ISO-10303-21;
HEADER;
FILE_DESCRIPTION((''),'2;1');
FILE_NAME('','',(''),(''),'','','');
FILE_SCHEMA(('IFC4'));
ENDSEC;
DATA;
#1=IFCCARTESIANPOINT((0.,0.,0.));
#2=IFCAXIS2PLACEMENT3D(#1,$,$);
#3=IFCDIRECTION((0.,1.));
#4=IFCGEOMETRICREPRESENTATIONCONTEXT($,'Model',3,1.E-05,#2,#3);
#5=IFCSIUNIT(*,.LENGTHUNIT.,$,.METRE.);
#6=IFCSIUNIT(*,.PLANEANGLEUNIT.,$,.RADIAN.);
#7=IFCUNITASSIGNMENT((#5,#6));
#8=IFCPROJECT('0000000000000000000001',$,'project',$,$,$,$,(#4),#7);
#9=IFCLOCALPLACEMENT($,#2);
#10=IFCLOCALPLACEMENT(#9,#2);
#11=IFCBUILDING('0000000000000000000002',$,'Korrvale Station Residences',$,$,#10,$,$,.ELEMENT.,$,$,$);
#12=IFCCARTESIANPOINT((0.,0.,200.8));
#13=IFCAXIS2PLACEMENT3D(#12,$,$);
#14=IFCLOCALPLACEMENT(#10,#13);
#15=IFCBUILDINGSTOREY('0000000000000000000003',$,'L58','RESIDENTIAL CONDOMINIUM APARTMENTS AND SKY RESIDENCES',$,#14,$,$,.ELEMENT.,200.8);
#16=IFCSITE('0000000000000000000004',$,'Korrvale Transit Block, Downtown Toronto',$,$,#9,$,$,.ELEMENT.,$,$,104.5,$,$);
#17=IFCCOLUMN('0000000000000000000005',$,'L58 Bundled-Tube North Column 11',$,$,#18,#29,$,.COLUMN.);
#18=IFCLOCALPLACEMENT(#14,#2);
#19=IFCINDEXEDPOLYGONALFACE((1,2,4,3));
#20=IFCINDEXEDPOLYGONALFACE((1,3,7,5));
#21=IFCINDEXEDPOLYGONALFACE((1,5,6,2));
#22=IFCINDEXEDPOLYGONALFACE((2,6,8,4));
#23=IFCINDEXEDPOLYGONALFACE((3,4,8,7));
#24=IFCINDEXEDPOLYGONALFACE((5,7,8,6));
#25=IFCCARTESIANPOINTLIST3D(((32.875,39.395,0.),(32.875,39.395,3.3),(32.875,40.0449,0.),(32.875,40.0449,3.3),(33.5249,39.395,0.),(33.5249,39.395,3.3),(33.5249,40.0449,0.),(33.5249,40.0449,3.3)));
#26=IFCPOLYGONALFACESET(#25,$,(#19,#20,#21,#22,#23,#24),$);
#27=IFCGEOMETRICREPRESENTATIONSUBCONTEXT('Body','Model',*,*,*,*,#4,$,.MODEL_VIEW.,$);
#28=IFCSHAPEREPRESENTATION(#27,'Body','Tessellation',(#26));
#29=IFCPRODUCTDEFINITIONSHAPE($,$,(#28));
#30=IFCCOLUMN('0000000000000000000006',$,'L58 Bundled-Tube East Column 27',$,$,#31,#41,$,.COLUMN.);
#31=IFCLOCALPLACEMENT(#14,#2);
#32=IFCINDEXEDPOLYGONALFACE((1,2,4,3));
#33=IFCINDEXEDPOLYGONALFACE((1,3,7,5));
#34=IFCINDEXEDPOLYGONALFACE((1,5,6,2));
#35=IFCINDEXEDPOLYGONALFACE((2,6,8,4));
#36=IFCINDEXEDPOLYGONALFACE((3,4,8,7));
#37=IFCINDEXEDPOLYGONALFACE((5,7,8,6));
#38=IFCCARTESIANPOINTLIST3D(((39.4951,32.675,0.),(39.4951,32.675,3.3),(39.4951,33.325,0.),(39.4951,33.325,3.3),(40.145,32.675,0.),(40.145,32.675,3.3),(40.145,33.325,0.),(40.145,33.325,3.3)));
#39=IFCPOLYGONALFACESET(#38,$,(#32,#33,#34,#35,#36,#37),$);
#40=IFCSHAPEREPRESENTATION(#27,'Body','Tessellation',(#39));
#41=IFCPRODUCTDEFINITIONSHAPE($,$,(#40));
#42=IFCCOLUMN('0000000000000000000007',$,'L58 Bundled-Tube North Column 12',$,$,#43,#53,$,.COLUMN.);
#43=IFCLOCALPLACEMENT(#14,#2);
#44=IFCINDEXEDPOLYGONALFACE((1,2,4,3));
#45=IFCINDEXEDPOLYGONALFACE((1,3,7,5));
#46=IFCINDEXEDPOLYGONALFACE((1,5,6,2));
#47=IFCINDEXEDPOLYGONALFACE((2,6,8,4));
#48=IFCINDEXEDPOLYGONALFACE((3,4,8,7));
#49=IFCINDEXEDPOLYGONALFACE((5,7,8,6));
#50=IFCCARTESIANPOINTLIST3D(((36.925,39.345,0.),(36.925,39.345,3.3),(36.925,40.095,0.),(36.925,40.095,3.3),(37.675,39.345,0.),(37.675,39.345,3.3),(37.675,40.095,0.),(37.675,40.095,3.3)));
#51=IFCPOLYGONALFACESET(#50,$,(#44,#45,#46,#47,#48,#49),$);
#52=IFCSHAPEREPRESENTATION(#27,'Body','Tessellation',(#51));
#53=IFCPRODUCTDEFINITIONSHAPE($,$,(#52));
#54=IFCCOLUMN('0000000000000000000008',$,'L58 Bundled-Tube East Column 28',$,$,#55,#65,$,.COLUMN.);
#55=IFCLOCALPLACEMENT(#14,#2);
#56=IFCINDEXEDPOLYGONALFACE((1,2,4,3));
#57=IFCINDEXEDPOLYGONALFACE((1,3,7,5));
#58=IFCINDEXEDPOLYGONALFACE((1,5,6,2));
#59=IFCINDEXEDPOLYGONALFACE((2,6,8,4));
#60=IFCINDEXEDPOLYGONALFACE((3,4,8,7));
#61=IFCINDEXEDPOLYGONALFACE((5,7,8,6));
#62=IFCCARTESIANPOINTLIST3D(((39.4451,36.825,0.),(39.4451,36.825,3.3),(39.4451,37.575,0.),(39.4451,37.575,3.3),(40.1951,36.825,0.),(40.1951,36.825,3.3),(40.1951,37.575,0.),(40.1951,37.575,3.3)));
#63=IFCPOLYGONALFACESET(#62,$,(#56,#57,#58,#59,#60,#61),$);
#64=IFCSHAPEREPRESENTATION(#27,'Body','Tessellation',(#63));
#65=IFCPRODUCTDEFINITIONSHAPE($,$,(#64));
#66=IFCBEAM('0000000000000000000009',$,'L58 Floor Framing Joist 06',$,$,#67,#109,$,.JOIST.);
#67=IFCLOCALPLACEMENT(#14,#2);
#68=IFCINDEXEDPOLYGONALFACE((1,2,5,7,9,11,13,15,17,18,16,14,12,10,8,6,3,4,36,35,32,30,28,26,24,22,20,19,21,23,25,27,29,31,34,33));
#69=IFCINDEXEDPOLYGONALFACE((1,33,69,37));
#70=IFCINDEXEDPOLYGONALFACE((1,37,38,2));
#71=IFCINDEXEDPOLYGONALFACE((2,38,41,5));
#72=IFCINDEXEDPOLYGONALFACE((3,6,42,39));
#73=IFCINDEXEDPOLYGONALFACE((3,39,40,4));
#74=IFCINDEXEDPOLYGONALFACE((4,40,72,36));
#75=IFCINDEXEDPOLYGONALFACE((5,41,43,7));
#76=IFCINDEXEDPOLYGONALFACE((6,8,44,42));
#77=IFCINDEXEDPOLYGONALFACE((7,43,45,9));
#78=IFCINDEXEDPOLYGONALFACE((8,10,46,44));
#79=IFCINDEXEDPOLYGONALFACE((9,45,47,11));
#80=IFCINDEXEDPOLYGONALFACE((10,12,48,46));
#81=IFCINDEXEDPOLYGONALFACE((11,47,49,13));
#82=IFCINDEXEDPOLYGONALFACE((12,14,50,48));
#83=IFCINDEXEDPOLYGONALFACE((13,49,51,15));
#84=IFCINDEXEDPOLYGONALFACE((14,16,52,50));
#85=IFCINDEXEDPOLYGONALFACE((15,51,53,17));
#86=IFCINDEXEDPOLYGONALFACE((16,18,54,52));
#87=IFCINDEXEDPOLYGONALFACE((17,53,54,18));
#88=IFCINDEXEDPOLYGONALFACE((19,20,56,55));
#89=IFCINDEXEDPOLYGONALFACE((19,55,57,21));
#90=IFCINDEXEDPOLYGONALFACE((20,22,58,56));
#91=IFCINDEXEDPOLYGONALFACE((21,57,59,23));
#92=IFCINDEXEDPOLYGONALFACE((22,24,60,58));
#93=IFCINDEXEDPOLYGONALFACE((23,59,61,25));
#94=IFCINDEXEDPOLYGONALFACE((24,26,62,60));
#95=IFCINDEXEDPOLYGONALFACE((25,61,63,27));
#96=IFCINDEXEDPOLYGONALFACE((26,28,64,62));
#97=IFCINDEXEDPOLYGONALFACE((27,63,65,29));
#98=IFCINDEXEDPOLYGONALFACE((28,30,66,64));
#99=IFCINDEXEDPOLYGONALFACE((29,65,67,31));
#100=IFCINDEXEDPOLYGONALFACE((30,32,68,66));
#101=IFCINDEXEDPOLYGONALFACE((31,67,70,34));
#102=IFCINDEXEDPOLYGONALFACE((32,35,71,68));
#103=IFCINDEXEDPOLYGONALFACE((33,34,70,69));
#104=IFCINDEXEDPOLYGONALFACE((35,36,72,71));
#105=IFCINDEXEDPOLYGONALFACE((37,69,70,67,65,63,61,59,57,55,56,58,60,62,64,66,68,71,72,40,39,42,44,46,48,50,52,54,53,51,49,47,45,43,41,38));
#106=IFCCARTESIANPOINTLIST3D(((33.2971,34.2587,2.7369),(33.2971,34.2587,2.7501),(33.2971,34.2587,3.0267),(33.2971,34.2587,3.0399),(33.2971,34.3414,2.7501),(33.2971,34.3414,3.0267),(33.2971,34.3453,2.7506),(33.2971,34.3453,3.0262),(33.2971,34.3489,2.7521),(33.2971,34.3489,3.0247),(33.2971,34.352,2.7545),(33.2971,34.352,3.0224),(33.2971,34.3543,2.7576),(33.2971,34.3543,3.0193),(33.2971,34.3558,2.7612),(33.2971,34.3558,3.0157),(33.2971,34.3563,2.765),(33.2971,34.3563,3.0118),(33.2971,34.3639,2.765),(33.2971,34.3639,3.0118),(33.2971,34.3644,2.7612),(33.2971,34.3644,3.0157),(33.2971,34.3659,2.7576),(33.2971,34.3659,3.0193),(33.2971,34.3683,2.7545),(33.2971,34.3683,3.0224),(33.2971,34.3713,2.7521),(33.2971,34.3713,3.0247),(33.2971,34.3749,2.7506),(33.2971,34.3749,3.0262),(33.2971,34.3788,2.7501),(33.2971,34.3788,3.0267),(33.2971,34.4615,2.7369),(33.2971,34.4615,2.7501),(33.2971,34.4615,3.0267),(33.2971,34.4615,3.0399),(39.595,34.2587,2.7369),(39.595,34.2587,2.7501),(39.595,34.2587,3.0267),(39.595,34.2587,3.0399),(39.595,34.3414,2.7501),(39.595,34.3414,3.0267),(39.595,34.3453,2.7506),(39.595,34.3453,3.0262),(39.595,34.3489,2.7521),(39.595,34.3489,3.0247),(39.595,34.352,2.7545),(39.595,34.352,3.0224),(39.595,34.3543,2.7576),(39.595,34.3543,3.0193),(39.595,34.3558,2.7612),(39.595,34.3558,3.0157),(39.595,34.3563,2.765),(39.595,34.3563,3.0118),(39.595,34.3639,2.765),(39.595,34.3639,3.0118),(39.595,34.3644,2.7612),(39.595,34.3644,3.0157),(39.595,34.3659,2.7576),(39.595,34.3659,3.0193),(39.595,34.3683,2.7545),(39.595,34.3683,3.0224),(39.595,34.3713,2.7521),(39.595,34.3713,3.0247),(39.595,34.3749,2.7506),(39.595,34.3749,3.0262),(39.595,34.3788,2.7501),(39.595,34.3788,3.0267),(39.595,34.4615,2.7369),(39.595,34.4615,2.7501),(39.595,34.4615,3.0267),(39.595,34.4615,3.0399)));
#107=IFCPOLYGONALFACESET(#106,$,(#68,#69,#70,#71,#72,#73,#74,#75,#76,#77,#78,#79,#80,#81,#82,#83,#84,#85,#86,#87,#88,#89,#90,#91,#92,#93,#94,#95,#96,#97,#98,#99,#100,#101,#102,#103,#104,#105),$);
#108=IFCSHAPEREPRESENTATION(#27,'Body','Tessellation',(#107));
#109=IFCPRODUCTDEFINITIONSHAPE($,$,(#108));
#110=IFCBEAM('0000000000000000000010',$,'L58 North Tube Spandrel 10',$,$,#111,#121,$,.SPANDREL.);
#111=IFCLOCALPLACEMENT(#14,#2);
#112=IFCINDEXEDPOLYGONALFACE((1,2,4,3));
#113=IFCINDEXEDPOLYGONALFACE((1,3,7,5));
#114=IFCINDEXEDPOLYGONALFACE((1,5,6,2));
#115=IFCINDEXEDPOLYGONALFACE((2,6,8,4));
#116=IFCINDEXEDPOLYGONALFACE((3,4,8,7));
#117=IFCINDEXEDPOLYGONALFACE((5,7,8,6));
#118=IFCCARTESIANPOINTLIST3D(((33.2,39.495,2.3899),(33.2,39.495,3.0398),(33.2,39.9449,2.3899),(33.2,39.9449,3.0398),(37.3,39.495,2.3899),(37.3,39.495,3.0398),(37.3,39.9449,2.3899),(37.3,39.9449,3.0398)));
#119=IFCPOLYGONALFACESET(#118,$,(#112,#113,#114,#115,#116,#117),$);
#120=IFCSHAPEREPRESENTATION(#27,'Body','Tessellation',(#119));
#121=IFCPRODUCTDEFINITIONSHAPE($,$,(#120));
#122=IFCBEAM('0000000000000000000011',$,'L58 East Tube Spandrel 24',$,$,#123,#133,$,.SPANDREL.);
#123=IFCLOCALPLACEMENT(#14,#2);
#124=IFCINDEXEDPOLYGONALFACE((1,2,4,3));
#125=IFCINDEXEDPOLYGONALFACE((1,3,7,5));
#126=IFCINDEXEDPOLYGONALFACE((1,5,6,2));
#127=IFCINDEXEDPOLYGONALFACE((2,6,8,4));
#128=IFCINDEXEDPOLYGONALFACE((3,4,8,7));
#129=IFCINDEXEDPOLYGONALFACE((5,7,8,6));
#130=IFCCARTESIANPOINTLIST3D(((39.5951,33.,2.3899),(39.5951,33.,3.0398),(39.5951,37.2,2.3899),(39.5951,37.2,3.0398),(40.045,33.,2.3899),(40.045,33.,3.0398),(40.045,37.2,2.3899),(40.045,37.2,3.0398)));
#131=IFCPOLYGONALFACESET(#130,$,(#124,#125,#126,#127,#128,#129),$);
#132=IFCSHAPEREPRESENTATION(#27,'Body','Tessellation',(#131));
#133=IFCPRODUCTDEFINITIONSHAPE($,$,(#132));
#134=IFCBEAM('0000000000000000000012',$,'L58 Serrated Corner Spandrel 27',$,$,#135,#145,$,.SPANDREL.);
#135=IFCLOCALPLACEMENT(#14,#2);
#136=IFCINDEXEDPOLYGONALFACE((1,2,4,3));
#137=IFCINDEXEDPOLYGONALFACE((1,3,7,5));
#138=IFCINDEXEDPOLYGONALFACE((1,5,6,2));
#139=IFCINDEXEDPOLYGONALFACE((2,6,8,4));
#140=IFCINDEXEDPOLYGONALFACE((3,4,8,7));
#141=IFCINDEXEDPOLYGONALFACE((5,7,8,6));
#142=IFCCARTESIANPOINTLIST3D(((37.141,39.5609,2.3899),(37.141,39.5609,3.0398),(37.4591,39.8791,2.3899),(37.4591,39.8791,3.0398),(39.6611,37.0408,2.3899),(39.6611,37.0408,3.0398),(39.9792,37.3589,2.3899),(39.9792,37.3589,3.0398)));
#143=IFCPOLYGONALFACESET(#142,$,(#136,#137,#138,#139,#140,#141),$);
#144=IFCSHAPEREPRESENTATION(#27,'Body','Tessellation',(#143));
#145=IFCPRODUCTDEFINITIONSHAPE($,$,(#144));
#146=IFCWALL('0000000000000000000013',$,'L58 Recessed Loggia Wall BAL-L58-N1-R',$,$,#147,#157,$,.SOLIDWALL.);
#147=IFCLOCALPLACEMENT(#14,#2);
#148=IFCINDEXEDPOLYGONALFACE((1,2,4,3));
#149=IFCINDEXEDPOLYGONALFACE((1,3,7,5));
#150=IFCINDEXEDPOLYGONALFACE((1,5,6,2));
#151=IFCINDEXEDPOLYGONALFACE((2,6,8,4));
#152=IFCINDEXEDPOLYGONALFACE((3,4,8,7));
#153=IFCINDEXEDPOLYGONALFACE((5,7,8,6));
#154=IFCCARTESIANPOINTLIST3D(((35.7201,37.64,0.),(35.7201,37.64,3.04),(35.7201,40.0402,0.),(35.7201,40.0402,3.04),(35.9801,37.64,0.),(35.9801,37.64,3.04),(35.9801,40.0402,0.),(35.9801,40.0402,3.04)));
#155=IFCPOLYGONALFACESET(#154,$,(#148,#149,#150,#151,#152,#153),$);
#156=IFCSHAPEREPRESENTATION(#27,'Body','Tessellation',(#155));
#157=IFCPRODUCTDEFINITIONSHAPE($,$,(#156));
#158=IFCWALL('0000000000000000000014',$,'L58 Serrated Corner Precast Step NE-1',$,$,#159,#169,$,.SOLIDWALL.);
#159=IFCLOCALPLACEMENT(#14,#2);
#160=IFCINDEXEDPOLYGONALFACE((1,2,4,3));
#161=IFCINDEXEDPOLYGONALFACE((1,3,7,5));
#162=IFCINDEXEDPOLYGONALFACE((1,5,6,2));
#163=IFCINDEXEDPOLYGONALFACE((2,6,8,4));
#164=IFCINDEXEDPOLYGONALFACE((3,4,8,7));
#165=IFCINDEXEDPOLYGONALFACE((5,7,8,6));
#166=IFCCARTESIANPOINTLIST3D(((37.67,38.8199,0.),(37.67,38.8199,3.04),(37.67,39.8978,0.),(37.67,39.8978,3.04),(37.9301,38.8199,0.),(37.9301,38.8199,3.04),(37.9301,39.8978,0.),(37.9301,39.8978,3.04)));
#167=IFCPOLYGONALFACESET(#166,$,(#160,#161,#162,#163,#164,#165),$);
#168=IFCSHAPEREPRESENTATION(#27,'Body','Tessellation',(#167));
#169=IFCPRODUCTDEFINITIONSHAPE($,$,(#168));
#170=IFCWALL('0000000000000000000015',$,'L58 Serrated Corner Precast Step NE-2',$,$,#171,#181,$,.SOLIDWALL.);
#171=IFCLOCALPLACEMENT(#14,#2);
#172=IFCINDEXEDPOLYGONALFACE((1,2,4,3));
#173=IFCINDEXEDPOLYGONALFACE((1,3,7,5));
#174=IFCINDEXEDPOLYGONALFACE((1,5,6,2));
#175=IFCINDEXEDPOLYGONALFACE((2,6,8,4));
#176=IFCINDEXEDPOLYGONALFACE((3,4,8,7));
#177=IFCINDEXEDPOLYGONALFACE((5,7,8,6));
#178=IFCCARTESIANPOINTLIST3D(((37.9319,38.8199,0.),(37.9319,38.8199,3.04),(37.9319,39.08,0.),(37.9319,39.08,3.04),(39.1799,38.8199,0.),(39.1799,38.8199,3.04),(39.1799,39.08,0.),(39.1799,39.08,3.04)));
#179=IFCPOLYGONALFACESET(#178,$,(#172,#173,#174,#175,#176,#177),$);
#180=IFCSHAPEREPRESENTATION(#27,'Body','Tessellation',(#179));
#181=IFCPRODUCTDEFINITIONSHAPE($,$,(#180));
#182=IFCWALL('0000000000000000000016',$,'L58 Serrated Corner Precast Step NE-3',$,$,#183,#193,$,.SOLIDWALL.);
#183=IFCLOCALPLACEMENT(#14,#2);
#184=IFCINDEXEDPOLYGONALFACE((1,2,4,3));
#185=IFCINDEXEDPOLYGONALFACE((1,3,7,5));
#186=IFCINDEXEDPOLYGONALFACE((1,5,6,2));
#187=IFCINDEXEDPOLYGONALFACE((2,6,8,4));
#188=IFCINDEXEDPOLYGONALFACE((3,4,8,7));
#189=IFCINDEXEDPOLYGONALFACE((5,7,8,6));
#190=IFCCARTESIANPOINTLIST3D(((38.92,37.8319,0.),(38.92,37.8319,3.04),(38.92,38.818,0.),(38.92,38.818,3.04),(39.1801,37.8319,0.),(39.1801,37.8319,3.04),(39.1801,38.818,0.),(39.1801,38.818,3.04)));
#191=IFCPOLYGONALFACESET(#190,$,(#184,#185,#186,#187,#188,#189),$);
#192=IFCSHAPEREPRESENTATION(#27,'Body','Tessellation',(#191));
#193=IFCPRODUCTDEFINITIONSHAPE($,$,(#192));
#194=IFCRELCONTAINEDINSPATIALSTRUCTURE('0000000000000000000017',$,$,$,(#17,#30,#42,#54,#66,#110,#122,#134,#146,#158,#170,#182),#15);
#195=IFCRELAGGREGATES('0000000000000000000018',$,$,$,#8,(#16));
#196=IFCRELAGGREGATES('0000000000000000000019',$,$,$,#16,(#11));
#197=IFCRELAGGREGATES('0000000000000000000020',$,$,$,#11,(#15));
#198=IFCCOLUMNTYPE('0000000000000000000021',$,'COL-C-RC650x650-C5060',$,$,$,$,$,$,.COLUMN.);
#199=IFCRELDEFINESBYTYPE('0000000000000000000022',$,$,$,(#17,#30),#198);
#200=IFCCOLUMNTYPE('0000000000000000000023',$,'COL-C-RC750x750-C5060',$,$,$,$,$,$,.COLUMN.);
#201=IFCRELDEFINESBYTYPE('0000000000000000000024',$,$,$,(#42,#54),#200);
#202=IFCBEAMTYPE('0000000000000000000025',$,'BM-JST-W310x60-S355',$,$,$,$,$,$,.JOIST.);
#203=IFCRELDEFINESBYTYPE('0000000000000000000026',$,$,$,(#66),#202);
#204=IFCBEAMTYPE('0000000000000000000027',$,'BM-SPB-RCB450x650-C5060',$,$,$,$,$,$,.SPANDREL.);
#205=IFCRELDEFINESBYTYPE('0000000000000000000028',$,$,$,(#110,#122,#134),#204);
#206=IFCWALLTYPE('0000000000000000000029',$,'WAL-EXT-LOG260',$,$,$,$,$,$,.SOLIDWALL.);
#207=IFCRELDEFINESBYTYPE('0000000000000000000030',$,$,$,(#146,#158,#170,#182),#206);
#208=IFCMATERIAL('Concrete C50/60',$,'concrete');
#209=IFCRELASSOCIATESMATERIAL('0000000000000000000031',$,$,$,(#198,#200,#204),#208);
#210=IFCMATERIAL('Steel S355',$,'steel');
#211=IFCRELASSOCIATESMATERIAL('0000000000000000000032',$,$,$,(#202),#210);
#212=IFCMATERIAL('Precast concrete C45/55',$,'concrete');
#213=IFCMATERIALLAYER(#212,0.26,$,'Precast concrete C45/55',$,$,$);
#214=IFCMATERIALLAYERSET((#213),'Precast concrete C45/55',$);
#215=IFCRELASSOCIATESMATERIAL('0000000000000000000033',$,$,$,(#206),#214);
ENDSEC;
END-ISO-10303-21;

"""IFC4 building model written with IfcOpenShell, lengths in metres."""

from ifc_helpers import new_model, si_unit, direction, frame, frame_2d, origin, origin_2d, place, context, subcontext, project, spatial, rectangle, i_section, extrude, material, layer, layer_set, material_profile, profile_set, type_object, element, save


model = new_model("IFC4")

# Units and contexts
model_context = context("Model", 3, precision=1e-05, world=origin(), true_north=direction((0.0, 1.0)))
body_context = subcontext(model_context, "Body", "Model", "MODEL_VIEW")
ifc_project = project(units=[si_unit("LENGTHUNIT", "METRE"), si_unit("PLANEANGLEUNIT", "RADIAN")], contexts=[model_context])

# Site, building, storey
site_placement = place(None, origin())
site = spatial("IfcSite", under=ifc_project, at=site_placement, Name="Korrvale Transit Block, Downtown Toronto", CompositionType="ELEMENT", RefElevation=104.5)
building_placement = place(site_placement, origin())
building = spatial("IfcBuilding", under=site, at=building_placement, Name="Korrvale Station Residences", CompositionType="ELEMENT")
storey_placement = place(building_placement, frame((0.0, 0.0, 200.8)))
storey = spatial("IfcBuildingStorey", under=building, at=storey_placement, Name="L58", Description="RESIDENTIAL CONDOMINIUM APARTMENTS AND SKY RESIDENCES", CompositionType="ELEMENT", Elevation=200.8)

# Columns
ifc_material_1 = material(Name="Concrete C50/60", Category="concrete")
ifc_material_profile_1 = material_profile(ifc_material_1, rectangle(XDim=0.6499, YDim=0.6499, at=origin_2d()), Name="RC650x650")
ifc_profile_set_1 = profile_set([ifc_material_profile_1], Name="Concrete C50/60")
column_type_1 = type_object("IfcColumnType", Name="COL-C-RC650x650-C5060", PredefinedType="COLUMN", material=ifc_profile_set_1)
for number, where, z_axis, x_axis, name in (
    (1, (33.2, 39.72, 0.0), (0.0, 0.0, 1.0), (1.0, 0.0, 0.0), "L58 Bundled-Tube North Column 11"),
    (2, (39.8201, 33.0, 0.0), (0.0, 0.0, 1.0), (1.0, 0.0, 0.0), "L58 Bundled-Tube East Column 27"),
):
    element("IfcColumn", number, at=place(storey_placement, frame(where, z_axis=z_axis, x_axis=x_axis)), inside=storey, type_object=column_type_1, Name=name, PredefinedType="COLUMN", context=body_context, shape_type="SweptSolid", body=[
        extrude(rectangle(XDim=0.6499, YDim=0.6499, at=origin_2d()), origin(), (0.0, 0.0, 1.0), 3.3),
    ])
ifc_material_profile_2 = material_profile(ifc_material_1, rectangle(XDim=0.75, YDim=0.75, at=origin_2d()), Name="RC750x750")
ifc_profile_set_2 = profile_set([ifc_material_profile_2], Name="Concrete C50/60")
column_type_2 = type_object("IfcColumnType", Name="COL-C-RC750x750-C5060", PredefinedType="COLUMN", material=ifc_profile_set_2)
for number, where, z_axis, x_axis, name in (
    (3, (37.3, 39.72, 0.0), (0.0, 0.0, 1.0), (1.0, 0.0, 0.0), "L58 Bundled-Tube North Column 12"),
    (4, (39.8201, 37.2, 0.0), (0.0, 0.0, 1.0), (1.0, 0.0, 0.0), "L58 Bundled-Tube East Column 28"),
):
    element("IfcColumn", number, at=place(storey_placement, frame(where, z_axis=z_axis, x_axis=x_axis)), inside=storey, type_object=column_type_2, Name=name, PredefinedType="COLUMN", context=body_context, shape_type="SweptSolid", body=[
        extrude(rectangle(XDim=0.75, YDim=0.75, at=origin_2d()), origin(), (0.0, 0.0, 1.0), 3.3),
    ])

# Beams
ifc_material_2 = material(Name="Steel S355", Category="steel")
ifc_material_profile_3 = material_profile(ifc_material_2, i_section(OverallWidth=0.2029, OverallDepth=0.303, WebThickness=0.0076, FlangeThickness=0.0132, FilletRadius=0.0149, at=origin_2d()), Name="W310x60")
ifc_profile_set_3 = profile_set([ifc_material_profile_3], Name="Steel S355")
beam_type_1 = type_object("IfcBeamType", Name="BM-JST-W310x60-S355", PredefinedType="JOIST", material=ifc_profile_set_3)
beam_1_placement = place(storey_placement, frame((33.2971, 34.3601, 2.8884), z_axis=(1.0, 0.0, 0.0), x_axis=(0.0, 1.0, 0.0)))
element("IfcBeam", 5, at=beam_1_placement, inside=storey, type_object=beam_type_1, Name="L58 Floor Framing Joist 06", PredefinedType="JOIST", context=body_context, shape_type="SweptSolid", body=[
    extrude(i_section(OverallWidth=0.2029, OverallDepth=0.303, WebThickness=0.0076, FlangeThickness=0.0132, FilletRadius=0.0149, at=origin_2d()), origin(), (0.0, 0.0, 1.0), 6.2979),
])
ifc_material_profile_4 = material_profile(ifc_material_1, rectangle(XDim=0.45, YDim=0.6499, at=origin_2d()), Name="RCB450x650")
ifc_profile_set_4 = profile_set([ifc_material_profile_4], Name="Concrete C50/60")
beam_type_2 = type_object("IfcBeamType", Name="BM-SPB-RCB450x650-C5060", PredefinedType="SPANDREL", material=ifc_profile_set_4)
beam_2_placement = place(storey_placement, frame((33.2, 39.72, 2.7148), z_axis=(1.0, 0.0, 0.0), x_axis=(0.0, 1.0, 0.0)))
element("IfcBeam", 6, at=beam_2_placement, inside=storey, type_object=beam_type_2, Name="L58 North Tube Spandrel 10", PredefinedType="SPANDREL", context=body_context, shape_type="SweptSolid", body=[
    extrude(rectangle(XDim=0.45, YDim=0.6499, at=origin_2d()), origin(), (0.0, 0.0, 1.0), 4.1001),
])
beam_3_placement = place(storey_placement, frame((39.8201, 33.0, 2.7148), z_axis=(0.0, 1.0, 0.0), x_axis=(-1.0, 0.0, 0.0)))
element("IfcBeam", 7, at=beam_3_placement, inside=storey, type_object=beam_type_2, Name="L58 East Tube Spandrel 24", PredefinedType="SPANDREL", context=body_context, shape_type="SweptSolid", body=[
    extrude(rectangle(XDim=0.45, YDim=0.6499, at=origin_2d()), origin(), (0.0, 0.0, 1.0), 4.2),
])
beam_4_placement = place(storey_placement, frame((37.3, 39.72, 2.7148), z_axis=(0.707107, -0.707107, 0.0), x_axis=(0.707107, 0.707107, 0.0)))
element("IfcBeam", 8, at=beam_4_placement, inside=storey, type_object=beam_type_2, Name="L58 Serrated Corner Spandrel 27", PredefinedType="SPANDREL", context=body_context, shape_type="SweptSolid", body=[
    extrude(rectangle(XDim=0.45, YDim=0.6499, at=origin_2d()), origin(), (0.0, 0.0, 1.0), 3.564),
])

# Walls
ifc_material_3 = material(Name="Precast concrete C45/55", Category="concrete")
ifc_layer_1 = layer(ifc_material_3, 0.26, Name="Precast concrete C45/55")
ifc_layer_set_1 = layer_set([ifc_layer_1], Name="Precast concrete C45/55")
wall_type_1 = type_object("IfcWallType", Name="WAL-EXT-LOG260", PredefinedType="SOLIDWALL", material=ifc_layer_set_1)
wall_1_placement = place(storey_placement, frame((35.8501, 37.6399, 0.0), z_axis=(0.0, 0.0, 1.0), x_axis=(0.0, 1.0, 0.0)))
element("IfcWall", 9, at=wall_1_placement, inside=storey, type_object=wall_type_1, Name="L58 Recessed Loggia Wall BAL-L58-N1-R", PredefinedType="SOLIDWALL", context=body_context, shape_type="SweptSolid", body=[
    extrude(rectangle(XDim=2.4001, YDim=0.26, at=frame_2d((1.2002, 0.0))), origin(), (0.0, 0.0, 1.0), 3.04),
])
wall_2_placement = place(storey_placement, frame((37.8, 39.8979, 0.0), z_axis=(0.0, 0.0, 1.0), x_axis=(0.0, -1.0, 0.0)))
element("IfcWall", 10, at=wall_2_placement, inside=storey, type_object=wall_type_1, Name="L58 Serrated Corner Precast Step NE-1", PredefinedType="SOLIDWALL", context=body_context, shape_type="SweptSolid", body=[
    extrude(rectangle(XDim=1.0779, YDim=0.26, at=frame_2d((0.5391, 0.0))), origin(), (0.0, 0.0, 1.0), 3.04),
])
wall_3_placement = place(storey_placement, frame((37.9319, 38.95, 0.0), z_axis=(0.0, 0.0, 1.0), x_axis=(1.0, 0.0, 0.0)))
element("IfcWall", 11, at=wall_3_placement, inside=storey, type_object=wall_type_1, Name="L58 Serrated Corner Precast Step NE-2", PredefinedType="SOLIDWALL", context=body_context, shape_type="SweptSolid", body=[
    extrude(rectangle(XDim=1.248, YDim=0.26, at=frame_2d((0.624, 0.0))), origin(), (0.0, 0.0, 1.0), 3.04),
])
wall_4_placement = place(storey_placement, frame((39.05, 38.8181, 0.0), z_axis=(0.0, 0.0, 1.0), x_axis=(0.0, -1.0, 0.0)))
element("IfcWall", 12, at=wall_4_placement, inside=storey, type_object=wall_type_1, Name="L58 Serrated Corner Precast Step NE-3", PredefinedType="SOLIDWALL", context=body_context, shape_type="SweptSolid", body=[
    extrude(rectangle(XDim=0.9861, YDim=0.26, at=frame_2d((0.4932, 0.0))), origin(), (0.0, 0.0, 1.0), 3.04),
])

save(model, "model.ifc")
